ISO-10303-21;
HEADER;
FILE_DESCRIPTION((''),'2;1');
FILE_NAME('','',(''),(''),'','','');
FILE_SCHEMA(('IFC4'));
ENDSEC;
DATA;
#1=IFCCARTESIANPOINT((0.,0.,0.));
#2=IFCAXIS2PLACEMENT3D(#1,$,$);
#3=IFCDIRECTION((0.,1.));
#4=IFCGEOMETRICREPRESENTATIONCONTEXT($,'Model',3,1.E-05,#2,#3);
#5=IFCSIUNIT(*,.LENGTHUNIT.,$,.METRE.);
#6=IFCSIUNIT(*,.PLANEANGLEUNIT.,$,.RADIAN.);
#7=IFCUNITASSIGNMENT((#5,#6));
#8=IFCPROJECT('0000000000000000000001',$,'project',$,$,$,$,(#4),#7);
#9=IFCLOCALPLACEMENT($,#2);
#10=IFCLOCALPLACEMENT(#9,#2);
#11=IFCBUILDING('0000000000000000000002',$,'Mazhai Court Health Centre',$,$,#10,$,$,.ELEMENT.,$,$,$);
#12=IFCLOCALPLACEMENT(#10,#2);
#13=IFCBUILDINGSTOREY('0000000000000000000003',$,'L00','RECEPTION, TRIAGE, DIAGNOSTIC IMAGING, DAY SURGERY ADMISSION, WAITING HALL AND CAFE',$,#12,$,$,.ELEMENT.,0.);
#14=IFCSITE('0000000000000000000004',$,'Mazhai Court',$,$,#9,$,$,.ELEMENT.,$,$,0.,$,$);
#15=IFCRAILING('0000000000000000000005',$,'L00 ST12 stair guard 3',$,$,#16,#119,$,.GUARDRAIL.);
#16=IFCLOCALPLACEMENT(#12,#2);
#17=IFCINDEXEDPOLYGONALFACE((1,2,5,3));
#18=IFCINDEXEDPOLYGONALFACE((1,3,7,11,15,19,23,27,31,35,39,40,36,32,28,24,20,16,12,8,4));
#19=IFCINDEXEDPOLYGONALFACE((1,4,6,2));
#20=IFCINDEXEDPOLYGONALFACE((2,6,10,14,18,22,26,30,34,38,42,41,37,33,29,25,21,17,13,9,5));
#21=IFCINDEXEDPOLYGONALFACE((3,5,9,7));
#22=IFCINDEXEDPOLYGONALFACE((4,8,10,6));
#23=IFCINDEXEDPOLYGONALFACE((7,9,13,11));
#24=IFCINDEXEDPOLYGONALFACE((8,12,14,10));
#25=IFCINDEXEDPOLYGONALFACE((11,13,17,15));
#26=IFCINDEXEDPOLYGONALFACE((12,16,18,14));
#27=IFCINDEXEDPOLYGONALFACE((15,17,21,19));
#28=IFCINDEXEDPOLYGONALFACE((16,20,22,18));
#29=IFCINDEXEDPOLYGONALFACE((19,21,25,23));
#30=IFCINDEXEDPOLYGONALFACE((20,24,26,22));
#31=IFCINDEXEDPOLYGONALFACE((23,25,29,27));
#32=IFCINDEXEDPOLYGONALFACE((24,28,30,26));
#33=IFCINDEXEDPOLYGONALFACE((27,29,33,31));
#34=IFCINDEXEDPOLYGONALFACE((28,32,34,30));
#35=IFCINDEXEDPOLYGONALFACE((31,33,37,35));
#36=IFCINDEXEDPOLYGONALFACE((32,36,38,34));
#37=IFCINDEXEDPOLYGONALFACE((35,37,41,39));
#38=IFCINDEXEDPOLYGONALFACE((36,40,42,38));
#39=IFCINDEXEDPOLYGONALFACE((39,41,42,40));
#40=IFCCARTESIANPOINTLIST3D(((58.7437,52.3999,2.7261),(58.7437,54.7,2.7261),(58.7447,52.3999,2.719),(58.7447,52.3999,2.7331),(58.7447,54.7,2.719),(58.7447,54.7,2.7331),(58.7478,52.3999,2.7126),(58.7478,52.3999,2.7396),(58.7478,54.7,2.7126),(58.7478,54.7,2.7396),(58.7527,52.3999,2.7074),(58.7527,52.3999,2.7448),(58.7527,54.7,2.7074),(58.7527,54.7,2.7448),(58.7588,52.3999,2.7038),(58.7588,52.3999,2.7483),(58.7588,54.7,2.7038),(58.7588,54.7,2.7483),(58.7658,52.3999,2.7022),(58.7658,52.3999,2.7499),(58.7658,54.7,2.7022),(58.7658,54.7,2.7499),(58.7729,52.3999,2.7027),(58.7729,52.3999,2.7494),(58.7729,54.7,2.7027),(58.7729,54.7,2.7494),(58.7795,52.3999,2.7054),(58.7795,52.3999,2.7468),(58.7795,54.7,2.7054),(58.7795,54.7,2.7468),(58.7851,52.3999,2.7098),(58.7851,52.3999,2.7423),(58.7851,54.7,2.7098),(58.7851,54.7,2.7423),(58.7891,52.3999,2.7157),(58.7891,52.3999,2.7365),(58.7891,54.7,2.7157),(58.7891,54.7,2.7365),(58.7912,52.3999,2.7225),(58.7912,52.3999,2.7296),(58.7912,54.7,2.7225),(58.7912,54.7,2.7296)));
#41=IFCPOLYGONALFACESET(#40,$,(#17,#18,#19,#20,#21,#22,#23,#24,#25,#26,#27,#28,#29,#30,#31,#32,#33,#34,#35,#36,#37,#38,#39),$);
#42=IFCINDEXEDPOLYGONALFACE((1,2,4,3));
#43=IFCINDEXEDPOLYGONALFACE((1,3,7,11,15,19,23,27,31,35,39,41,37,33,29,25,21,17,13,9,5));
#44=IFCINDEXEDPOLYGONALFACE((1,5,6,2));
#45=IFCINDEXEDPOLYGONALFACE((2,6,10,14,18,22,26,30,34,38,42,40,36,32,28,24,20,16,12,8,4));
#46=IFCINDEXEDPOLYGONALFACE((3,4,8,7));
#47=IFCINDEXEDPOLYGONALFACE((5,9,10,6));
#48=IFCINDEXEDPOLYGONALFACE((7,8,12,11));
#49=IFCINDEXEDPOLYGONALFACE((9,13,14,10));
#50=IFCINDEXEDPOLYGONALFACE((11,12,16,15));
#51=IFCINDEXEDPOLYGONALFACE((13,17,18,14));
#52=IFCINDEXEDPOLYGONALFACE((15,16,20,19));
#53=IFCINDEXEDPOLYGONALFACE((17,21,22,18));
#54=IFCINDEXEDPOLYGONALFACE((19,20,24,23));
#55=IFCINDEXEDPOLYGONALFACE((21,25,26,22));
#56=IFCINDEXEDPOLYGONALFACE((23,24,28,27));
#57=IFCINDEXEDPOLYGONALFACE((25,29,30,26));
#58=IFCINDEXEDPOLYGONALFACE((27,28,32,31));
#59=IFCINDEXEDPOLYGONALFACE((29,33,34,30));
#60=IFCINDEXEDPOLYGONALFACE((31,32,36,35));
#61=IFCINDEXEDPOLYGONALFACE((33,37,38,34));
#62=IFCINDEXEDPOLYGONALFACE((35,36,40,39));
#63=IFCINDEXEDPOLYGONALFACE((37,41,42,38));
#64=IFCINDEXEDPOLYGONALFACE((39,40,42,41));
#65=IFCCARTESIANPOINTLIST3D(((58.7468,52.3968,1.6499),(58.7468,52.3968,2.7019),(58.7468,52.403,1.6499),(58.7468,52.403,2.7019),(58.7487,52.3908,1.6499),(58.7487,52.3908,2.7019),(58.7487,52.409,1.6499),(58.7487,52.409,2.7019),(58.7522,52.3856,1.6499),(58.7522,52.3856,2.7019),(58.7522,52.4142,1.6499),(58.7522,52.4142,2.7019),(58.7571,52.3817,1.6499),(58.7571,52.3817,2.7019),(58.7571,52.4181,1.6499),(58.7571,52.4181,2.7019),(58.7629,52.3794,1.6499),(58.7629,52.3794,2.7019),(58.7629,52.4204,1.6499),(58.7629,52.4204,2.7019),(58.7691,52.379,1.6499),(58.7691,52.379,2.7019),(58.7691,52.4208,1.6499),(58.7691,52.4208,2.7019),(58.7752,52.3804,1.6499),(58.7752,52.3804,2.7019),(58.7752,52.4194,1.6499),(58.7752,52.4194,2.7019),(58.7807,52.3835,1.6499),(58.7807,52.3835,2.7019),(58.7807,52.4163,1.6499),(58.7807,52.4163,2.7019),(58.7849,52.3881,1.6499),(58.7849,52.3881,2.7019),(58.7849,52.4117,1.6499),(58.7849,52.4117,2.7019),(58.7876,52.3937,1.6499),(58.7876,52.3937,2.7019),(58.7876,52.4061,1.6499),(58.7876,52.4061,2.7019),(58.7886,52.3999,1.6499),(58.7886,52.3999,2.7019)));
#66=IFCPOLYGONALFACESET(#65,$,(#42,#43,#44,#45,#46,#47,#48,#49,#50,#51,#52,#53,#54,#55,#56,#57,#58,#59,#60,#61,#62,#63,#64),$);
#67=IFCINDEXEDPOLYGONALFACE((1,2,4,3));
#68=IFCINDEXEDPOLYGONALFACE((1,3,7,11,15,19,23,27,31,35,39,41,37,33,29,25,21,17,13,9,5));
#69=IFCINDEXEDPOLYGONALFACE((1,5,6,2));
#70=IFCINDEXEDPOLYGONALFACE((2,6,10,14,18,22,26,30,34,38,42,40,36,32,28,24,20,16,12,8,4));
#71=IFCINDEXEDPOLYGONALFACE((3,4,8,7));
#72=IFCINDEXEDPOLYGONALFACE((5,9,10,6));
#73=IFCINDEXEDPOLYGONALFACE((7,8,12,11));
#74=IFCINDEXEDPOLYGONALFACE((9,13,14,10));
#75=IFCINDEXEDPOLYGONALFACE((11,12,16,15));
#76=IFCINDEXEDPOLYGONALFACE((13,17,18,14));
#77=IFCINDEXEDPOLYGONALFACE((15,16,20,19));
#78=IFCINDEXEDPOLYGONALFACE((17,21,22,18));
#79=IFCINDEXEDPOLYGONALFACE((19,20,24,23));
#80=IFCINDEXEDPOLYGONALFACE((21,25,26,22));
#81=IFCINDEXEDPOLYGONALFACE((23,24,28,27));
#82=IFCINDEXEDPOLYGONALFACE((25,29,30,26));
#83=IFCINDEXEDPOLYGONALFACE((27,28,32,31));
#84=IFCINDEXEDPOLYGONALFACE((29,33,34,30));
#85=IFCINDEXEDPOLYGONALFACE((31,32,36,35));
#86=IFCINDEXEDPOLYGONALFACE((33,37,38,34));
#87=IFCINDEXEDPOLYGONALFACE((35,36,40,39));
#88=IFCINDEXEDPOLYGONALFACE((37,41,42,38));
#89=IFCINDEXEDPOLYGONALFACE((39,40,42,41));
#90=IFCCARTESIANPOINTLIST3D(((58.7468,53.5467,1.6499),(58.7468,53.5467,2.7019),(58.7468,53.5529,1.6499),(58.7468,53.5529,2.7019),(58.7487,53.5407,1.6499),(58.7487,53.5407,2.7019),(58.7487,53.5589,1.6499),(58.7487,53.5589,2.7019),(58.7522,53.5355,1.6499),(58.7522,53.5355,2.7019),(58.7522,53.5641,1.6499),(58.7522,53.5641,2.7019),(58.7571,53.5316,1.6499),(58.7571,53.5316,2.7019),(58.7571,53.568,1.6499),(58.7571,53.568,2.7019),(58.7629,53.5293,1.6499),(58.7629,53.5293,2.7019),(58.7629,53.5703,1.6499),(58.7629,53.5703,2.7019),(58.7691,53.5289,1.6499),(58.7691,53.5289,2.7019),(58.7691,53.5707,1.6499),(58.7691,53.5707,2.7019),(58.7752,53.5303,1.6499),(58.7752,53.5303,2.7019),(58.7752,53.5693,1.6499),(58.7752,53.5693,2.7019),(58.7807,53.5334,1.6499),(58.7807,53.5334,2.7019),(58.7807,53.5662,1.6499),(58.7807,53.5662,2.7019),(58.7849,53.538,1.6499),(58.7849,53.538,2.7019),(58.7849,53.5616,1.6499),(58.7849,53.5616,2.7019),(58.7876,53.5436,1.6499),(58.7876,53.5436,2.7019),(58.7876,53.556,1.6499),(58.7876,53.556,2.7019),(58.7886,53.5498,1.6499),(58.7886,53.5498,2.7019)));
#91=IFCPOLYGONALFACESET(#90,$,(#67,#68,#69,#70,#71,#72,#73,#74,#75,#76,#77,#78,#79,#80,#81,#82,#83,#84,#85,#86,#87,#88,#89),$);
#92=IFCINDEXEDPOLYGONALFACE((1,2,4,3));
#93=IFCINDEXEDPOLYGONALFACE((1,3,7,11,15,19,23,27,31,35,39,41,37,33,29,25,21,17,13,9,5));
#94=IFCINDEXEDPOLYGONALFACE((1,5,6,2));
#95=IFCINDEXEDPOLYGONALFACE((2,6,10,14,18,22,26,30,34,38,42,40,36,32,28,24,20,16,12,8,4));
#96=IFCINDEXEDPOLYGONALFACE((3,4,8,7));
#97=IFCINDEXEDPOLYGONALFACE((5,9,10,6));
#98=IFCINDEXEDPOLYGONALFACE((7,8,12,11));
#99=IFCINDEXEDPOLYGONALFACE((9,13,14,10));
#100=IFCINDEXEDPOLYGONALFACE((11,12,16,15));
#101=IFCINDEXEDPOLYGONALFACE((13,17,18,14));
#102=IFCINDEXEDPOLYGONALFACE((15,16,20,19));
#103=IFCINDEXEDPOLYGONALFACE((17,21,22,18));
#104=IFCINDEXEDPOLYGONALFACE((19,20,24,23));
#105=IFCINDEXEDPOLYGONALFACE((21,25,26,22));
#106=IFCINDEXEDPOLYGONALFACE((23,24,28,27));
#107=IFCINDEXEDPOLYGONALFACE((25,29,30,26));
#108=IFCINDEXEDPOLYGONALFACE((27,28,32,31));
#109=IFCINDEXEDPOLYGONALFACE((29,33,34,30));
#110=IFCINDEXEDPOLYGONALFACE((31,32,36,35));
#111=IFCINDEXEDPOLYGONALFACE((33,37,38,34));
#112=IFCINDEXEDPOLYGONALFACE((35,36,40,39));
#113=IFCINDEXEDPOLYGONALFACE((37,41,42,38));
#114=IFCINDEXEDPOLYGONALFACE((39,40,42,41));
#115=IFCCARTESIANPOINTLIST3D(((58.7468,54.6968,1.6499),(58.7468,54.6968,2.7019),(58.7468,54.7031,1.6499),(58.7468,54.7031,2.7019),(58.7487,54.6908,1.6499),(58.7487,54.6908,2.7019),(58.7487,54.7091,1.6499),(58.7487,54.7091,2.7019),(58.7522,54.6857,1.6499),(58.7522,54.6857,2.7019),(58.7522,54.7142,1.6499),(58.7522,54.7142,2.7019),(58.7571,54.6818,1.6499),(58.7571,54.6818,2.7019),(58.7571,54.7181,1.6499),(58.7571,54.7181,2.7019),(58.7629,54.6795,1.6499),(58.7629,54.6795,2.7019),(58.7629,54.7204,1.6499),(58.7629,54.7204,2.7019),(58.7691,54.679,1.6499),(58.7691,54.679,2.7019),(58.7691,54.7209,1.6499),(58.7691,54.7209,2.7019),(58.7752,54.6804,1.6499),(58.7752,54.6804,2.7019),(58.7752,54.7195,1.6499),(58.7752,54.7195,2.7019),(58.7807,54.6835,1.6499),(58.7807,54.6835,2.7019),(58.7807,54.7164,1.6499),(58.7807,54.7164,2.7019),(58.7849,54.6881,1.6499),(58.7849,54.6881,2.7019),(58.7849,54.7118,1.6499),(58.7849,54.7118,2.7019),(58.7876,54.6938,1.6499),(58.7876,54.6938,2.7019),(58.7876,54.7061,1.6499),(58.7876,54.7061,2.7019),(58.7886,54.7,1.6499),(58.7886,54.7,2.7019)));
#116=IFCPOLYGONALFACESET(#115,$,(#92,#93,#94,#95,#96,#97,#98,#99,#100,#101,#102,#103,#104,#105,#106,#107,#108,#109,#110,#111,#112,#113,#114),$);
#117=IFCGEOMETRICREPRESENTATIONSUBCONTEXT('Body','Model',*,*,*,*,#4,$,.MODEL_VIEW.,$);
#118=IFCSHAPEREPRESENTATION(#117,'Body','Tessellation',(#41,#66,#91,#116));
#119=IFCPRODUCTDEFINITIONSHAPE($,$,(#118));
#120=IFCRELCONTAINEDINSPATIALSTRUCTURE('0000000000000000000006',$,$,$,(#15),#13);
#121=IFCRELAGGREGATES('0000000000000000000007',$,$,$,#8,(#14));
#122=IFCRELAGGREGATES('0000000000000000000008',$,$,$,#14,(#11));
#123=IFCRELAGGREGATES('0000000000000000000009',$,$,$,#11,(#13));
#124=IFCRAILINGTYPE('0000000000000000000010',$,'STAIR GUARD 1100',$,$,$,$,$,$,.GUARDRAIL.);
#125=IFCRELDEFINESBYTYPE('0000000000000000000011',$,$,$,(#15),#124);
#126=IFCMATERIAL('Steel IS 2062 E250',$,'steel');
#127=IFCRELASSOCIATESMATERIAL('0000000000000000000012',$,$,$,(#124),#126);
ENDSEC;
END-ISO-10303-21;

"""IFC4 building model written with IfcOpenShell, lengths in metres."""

from ifc_helpers import new_model, si_unit, direction, frame, origin, origin_2d, place, context, subcontext, project, spatial, circle, extrude, material, type_object, element, save


model = new_model("IFC4")

# Units and contexts
model_context = context("Model", 3, precision=1e-05, world=origin(), true_north=direction((0.0, 1.0)))
body_context = subcontext(model_context, "Body", "Model", "MODEL_VIEW")
ifc_project = project(units=[si_unit("LENGTHUNIT", "METRE"), si_unit("PLANEANGLEUNIT", "RADIAN")], contexts=[model_context])

# Site, building, storey
site_placement = place(None, origin())
site = spatial("IfcSite", under=ifc_project, at=site_placement, Name="Mazhai Court", CompositionType="ELEMENT", RefElevation=0.0)
building_placement = place(site_placement, origin())
building = spatial("IfcBuilding", under=site, at=building_placement, Name="Mazhai Court Health Centre", CompositionType="ELEMENT")
storey_placement = place(building_placement, origin())
storey = spatial("IfcBuildingStorey", under=building, at=storey_placement, Name="L00", Description="RECEPTION, TRIAGE, DIAGNOSTIC IMAGING, DAY SURGERY ADMISSION, WAITING HALL AND CAFE", CompositionType="ELEMENT", Elevation=0.0)

# Railing
ifc_material_1 = material(Name="Steel IS 2062 E250", Category="steel")
railing_type_1 = type_object("IfcRailingType", Name="STAIR GUARD 1100", PredefinedType="GUARDRAIL", material=ifc_material_1)
railing_1_placement = place(storey_placement, frame((58.7676, 52.3999, 1.6499)))
element("IfcRailing", 1, at=railing_1_placement, inside=storey, type_object=railing_type_1, Name="L00 ST12 stair guard 3", PredefinedType="GUARDRAIL", context=body_context, shape_type="SweptSolid", body=[
    extrude(circle(Radius=0.0239, at=origin_2d()), frame((0.0, 0.0, 1.0762), z_axis=(0.0, 1.0, 0.0), x_axis=(-1.0, 0.0, 0.0)), (0.0, 0.0, 1.0), 2.3),
    extrude(circle(Radius=0.021, at=origin_2d()), origin(), (0.0, 0.0, 1.0), 1.052),
    extrude(circle(Radius=0.021, at=origin_2d()), frame((0.0, 1.1499, 0.0)), (0.0, 0.0, 1.0), 1.052),
    extrude(circle(Radius=0.021, at=origin_2d()), frame((0.0, 2.3, 0.0)), (0.0, 0.0, 1.0), 1.052),
])

save(model, "model.ifc")
